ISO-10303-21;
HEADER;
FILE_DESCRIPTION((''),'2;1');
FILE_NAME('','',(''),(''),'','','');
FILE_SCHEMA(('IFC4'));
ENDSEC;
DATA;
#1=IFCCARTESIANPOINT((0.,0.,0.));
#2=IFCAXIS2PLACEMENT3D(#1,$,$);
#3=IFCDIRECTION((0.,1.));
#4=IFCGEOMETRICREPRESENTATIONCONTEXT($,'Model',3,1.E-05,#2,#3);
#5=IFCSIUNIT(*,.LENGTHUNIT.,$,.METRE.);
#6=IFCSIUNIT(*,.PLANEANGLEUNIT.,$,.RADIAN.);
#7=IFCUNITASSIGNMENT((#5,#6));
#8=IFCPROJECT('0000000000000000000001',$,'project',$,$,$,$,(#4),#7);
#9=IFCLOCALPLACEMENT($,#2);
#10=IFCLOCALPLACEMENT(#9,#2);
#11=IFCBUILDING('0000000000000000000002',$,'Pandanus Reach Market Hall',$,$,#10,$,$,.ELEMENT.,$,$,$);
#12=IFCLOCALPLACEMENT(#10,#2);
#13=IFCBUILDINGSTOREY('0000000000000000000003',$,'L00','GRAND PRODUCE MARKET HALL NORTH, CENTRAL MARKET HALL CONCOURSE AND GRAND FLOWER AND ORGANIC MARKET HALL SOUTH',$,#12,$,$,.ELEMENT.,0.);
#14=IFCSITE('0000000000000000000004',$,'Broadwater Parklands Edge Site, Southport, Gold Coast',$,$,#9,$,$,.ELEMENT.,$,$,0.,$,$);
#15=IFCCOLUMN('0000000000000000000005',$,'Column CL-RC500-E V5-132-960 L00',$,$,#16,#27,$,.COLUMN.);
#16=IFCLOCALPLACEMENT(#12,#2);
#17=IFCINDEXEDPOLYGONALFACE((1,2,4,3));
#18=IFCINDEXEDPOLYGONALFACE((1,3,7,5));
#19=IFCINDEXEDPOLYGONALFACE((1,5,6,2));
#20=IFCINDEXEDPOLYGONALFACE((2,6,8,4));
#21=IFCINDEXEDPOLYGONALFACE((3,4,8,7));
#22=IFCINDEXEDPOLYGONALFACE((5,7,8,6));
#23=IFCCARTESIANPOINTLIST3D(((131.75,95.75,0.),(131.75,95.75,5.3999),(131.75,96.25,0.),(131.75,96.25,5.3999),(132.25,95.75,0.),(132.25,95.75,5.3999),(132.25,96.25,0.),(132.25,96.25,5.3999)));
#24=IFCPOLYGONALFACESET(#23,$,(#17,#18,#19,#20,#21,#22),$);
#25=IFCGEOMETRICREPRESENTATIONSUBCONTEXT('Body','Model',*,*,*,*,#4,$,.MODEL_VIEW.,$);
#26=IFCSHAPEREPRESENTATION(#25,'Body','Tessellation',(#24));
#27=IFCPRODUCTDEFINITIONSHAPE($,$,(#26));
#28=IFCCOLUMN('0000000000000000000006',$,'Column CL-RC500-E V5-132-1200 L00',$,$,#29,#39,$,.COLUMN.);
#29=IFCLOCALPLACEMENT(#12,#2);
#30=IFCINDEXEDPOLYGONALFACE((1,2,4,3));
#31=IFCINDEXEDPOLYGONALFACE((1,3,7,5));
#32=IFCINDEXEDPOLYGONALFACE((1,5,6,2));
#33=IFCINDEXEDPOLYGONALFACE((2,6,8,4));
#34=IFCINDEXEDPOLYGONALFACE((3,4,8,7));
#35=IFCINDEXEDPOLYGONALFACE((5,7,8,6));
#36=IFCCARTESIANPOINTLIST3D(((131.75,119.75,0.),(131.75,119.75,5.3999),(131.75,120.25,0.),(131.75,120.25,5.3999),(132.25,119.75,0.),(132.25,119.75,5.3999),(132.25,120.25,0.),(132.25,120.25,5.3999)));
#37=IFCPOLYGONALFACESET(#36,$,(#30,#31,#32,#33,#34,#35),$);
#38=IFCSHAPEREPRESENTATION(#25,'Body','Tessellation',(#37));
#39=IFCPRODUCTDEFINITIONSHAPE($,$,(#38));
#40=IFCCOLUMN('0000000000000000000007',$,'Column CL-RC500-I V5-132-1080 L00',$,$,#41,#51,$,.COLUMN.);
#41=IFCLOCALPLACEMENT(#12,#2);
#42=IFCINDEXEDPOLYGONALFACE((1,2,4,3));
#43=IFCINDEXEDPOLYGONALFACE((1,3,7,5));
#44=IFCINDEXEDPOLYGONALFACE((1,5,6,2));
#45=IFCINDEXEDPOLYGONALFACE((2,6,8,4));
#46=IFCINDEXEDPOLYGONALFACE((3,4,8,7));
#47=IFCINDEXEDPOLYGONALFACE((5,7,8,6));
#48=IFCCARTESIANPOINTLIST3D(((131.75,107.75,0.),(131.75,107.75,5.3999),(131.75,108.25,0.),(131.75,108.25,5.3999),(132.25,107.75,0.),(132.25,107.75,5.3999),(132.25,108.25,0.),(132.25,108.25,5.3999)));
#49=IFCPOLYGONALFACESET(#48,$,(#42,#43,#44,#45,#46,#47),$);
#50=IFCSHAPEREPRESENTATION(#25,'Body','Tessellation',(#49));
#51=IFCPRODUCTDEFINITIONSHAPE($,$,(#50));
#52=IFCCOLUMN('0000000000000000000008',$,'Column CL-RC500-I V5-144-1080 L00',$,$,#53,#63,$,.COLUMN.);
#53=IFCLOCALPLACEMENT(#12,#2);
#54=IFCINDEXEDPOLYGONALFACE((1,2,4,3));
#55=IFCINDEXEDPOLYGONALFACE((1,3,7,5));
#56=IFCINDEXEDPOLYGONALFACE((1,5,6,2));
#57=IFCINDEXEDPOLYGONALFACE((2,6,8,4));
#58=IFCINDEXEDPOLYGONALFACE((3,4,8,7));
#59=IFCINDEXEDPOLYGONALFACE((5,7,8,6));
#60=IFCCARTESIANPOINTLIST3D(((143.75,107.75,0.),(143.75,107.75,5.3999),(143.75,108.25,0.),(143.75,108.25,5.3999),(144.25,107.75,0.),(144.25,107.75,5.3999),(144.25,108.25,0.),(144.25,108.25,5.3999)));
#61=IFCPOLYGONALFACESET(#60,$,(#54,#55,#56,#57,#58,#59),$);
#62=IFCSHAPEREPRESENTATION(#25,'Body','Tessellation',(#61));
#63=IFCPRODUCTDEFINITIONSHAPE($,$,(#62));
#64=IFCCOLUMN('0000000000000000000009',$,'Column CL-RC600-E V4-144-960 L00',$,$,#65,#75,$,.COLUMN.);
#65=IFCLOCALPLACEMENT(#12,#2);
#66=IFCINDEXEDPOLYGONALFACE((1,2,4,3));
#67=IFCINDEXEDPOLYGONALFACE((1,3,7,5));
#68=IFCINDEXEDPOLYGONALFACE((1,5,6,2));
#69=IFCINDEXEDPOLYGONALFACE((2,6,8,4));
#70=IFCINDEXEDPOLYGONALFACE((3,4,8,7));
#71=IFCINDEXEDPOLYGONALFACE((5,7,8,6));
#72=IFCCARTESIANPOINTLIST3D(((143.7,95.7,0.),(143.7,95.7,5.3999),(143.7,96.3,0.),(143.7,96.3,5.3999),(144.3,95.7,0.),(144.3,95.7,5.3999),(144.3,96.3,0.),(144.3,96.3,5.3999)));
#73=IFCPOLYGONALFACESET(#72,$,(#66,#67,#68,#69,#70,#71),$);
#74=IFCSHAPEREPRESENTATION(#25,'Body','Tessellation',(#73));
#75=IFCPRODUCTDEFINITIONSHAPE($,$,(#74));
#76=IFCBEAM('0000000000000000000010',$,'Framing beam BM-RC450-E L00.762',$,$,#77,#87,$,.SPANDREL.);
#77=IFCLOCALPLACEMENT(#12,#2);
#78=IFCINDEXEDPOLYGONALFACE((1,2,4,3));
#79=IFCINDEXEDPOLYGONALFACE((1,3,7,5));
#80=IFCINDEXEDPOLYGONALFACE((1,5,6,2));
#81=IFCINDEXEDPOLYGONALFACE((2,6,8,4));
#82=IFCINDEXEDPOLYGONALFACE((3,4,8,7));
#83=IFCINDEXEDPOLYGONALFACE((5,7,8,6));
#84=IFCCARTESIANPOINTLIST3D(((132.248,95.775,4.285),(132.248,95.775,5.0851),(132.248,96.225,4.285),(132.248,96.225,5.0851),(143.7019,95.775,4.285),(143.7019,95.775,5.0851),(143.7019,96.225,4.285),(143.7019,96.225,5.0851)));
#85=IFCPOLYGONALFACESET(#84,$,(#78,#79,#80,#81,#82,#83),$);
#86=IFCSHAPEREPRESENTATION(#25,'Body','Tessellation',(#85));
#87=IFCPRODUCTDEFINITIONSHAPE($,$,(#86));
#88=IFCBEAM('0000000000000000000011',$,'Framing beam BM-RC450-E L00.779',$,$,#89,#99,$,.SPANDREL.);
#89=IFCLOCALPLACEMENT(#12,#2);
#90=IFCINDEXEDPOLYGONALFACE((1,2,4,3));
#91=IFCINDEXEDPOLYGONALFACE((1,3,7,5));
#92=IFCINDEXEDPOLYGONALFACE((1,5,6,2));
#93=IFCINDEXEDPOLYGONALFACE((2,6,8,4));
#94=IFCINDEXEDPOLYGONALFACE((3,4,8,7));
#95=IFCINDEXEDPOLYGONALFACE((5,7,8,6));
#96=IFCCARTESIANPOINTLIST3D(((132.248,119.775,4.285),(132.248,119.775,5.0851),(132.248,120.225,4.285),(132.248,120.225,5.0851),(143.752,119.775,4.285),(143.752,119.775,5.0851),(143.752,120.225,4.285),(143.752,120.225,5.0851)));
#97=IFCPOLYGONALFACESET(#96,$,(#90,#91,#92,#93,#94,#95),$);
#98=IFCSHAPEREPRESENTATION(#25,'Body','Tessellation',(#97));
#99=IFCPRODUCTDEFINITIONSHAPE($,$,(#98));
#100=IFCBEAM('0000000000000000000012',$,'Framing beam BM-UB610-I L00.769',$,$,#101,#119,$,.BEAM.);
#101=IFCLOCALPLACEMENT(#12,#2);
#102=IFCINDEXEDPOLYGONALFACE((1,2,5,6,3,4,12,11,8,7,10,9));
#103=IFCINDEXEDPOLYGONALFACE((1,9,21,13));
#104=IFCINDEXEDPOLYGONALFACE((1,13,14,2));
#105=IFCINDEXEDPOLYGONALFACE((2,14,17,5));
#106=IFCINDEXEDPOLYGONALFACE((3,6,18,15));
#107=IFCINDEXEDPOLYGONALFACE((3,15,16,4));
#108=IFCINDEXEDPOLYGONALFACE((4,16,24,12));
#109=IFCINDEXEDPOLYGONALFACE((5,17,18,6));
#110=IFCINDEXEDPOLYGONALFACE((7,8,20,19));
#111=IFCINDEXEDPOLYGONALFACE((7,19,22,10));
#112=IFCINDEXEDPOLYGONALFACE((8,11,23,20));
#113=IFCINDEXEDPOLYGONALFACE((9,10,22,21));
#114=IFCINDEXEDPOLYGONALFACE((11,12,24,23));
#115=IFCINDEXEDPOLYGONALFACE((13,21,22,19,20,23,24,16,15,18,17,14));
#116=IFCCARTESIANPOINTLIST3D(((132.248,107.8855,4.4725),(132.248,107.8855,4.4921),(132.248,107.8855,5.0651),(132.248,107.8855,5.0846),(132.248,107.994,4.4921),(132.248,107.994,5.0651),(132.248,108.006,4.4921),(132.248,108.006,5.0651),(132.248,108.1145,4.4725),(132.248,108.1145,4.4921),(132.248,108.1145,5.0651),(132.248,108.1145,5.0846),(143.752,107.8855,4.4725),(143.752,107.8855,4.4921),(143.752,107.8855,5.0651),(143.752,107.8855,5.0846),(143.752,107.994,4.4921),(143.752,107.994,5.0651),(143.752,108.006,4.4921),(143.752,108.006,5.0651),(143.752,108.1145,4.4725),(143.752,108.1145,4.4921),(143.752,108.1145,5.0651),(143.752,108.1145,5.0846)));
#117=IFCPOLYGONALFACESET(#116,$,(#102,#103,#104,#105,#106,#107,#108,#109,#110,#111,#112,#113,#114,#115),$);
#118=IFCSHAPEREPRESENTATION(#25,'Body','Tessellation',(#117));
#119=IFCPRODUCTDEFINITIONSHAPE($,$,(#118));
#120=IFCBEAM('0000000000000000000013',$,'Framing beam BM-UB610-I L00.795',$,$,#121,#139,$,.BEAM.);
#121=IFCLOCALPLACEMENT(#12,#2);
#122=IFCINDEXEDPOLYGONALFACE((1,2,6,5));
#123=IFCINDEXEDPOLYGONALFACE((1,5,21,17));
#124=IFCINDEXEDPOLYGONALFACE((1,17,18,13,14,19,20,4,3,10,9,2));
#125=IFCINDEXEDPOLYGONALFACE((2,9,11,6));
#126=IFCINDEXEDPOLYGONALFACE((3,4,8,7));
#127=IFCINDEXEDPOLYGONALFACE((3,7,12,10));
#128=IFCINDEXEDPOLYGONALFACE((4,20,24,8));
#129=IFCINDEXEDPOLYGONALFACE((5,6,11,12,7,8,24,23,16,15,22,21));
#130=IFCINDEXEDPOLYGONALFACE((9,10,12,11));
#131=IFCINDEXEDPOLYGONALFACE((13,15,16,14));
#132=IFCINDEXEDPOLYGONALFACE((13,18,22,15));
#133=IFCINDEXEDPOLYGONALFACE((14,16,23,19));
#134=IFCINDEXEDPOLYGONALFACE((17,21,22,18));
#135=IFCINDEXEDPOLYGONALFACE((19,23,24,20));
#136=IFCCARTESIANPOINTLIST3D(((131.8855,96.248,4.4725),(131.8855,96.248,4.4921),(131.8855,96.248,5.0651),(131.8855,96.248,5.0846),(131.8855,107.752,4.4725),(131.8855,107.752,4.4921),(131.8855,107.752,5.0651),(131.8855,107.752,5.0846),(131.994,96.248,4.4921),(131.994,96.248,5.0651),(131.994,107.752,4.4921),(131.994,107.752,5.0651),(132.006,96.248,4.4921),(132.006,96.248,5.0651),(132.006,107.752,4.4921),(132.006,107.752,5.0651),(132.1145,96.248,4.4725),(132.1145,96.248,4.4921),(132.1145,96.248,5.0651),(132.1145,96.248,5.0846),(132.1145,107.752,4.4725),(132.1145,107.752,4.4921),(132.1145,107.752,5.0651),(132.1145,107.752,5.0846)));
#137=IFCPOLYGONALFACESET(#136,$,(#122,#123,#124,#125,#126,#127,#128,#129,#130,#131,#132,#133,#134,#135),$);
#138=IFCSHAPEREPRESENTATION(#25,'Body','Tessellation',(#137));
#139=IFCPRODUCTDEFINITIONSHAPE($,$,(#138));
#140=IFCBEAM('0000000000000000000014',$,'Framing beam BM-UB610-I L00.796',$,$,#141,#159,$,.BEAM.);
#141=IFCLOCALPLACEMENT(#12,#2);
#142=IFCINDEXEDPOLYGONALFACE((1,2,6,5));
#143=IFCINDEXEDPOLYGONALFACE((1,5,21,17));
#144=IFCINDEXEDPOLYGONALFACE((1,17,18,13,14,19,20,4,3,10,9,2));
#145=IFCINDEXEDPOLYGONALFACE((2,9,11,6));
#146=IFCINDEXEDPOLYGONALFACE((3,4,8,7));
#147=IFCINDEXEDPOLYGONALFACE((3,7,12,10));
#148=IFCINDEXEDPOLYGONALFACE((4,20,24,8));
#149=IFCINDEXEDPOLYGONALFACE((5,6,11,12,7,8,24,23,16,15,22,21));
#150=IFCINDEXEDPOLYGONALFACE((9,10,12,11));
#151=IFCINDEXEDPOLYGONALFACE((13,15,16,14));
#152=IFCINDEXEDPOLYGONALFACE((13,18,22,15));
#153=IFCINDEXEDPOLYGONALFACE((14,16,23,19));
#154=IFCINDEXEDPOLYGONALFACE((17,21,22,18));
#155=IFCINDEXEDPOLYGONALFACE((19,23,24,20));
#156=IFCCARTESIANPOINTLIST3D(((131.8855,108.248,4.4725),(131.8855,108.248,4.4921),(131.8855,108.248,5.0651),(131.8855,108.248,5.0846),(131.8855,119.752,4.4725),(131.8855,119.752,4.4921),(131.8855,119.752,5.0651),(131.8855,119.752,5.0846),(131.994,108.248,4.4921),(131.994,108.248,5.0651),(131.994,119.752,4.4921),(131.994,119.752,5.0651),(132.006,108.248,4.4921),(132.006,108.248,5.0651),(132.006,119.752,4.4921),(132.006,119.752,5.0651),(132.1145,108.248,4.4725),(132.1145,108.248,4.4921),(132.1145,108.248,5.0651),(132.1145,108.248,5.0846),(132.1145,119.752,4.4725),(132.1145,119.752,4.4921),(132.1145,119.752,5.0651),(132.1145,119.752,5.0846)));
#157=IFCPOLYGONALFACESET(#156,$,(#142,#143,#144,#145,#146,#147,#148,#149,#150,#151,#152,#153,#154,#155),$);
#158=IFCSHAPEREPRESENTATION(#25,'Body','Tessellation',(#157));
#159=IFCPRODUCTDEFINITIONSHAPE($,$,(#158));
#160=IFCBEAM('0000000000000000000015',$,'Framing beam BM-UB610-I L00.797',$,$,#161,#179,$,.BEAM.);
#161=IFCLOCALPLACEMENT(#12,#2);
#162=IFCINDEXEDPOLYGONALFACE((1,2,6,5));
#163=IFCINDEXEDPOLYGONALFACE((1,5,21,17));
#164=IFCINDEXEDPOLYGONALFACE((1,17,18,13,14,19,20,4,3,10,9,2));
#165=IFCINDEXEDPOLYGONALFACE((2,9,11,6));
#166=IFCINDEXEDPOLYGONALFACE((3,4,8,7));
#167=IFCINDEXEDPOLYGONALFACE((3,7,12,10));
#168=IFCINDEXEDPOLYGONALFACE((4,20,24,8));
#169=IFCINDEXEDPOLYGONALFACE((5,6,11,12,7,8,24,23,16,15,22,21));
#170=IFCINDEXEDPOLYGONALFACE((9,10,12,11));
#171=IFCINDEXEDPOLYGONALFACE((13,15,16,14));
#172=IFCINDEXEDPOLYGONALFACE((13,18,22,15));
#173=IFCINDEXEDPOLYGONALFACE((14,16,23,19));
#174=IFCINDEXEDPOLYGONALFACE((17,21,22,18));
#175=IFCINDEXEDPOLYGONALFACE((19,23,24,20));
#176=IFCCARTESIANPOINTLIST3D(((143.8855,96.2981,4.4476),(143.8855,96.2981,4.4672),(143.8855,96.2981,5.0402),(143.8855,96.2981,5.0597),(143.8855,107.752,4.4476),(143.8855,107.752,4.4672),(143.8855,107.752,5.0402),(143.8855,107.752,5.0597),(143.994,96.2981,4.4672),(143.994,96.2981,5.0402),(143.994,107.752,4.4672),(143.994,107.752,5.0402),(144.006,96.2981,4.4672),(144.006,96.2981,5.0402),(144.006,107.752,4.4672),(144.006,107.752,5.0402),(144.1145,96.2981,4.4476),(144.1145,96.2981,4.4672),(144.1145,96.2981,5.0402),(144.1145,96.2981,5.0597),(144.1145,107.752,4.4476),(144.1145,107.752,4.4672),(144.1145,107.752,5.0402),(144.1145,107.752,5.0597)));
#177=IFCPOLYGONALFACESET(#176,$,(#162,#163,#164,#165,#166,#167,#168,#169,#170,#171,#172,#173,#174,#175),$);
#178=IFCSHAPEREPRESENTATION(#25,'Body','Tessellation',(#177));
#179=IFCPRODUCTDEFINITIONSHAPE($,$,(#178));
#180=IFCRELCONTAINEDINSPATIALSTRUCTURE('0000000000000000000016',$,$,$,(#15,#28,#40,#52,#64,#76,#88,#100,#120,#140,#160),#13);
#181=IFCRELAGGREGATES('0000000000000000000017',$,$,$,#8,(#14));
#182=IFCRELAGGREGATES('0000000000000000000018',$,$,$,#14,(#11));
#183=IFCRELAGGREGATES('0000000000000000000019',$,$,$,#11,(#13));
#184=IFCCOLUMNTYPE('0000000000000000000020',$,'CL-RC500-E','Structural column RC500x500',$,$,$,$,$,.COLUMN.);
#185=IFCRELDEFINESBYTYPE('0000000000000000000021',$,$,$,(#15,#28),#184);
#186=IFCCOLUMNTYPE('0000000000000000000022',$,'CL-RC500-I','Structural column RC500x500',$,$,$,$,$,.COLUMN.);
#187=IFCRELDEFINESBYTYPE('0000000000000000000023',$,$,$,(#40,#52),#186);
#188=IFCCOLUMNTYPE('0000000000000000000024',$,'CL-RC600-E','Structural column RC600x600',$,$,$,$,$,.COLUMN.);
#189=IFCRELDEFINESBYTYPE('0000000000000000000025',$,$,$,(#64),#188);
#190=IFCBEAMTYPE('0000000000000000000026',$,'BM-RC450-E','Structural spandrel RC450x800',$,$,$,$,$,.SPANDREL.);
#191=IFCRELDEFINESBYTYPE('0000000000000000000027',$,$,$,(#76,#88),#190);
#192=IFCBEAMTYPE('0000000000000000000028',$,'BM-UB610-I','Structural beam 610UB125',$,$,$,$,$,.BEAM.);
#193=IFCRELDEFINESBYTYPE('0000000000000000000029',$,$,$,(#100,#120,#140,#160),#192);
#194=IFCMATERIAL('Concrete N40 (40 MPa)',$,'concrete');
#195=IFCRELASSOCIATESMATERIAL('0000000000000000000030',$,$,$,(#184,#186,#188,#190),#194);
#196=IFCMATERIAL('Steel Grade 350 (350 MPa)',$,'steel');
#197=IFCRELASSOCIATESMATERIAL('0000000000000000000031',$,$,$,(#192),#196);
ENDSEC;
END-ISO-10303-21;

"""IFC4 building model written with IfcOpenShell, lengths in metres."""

from ifc_helpers import new_model, si_unit, direction, frame, origin, origin_2d, place, context, subcontext, project, spatial, rectangle, i_section, extrude, material, material_profile, profile_set, type_object, element, save


model = new_model("IFC4")

# Units and contexts
model_context = context("Model", 3, precision=1e-05, world=origin(), true_north=direction((0.0, 1.0)))
body_context = subcontext(model_context, "Body", "Model", "MODEL_VIEW")
ifc_project = project(units=[si_unit("LENGTHUNIT", "METRE"), si_unit("PLANEANGLEUNIT", "RADIAN")], contexts=[model_context])

# Site, building, storey
site_placement = place(None, origin())
site = spatial("IfcSite", under=ifc_project, at=site_placement, Name="Broadwater Parklands Edge Site, Southport, Gold Coast", CompositionType="ELEMENT", RefElevation=0.0)
building_placement = place(site_placement, origin())
building = spatial("IfcBuilding", under=site, at=building_placement, Name="Pandanus Reach Market Hall", CompositionType="ELEMENT")
storey_placement = place(building_placement, origin())
storey = spatial("IfcBuildingStorey", under=building, at=storey_placement, Name="L00", Description="GRAND PRODUCE MARKET HALL NORTH, CENTRAL MARKET HALL CONCOURSE AND GRAND FLOWER AND ORGANIC MARKET HALL SOUTH", CompositionType="ELEMENT", Elevation=0.0)

# Columns
ifc_material_1 = material(Name="Concrete N40 (40 MPa)", Category="concrete")
ifc_material_profile_1 = material_profile(ifc_material_1, rectangle(XDim=0.5, YDim=0.5, at=origin_2d()), Name="RC500x500", Category="LoadBearing")
ifc_profile_set_1 = profile_set([ifc_material_profile_1], Name="Concrete N40 (40 MPa)")
column_type_1 = type_object("IfcColumnType", Name="CL-RC500-E", Description="Structural column RC500x500", PredefinedType="COLUMN", material=ifc_profile_set_1)
for number, where, z_axis, x_axis, name in (
    (1, (132.0, 96.0, 0.0), (0.0, 0.0, 1.0), (1.0, 0.0, 0.0), "Column CL-RC500-E V5-132-960 L00"),
    (2, (132.0, 120.0, 0.0), (0.0, 0.0, 1.0), (1.0, 0.0, 0.0), "Column CL-RC500-E V5-132-1200 L00"),
):
    element("IfcColumn", number, at=place(storey_placement, frame(where, z_axis=z_axis, x_axis=x_axis)), inside=storey, type_object=column_type_1, Name=name, PredefinedType="COLUMN", context=body_context, shape_type="SweptSolid", body=[
        extrude(rectangle(XDim=0.5, YDim=0.5, at=origin_2d()), origin(), (0.0, 0.0, 1.0), 5.3999),
    ])
ifc_material_profile_2 = material_profile(ifc_material_1, rectangle(XDim=0.5, YDim=0.5, at=origin_2d()), Name="RC500x500", Category="LoadBearing")
ifc_profile_set_2 = profile_set([ifc_material_profile_2], Name="Concrete N40 (40 MPa)")
column_type_2 = type_object("IfcColumnType", Name="CL-RC500-I", Description="Structural column RC500x500", PredefinedType="COLUMN", material=ifc_profile_set_2)
for number, where, z_axis, x_axis, name in (
    (3, (132.0, 108.0, 0.0), (0.0, 0.0, 1.0), (1.0, 0.0, 0.0), "Column CL-RC500-I V5-132-1080 L00"),
    (4, (144.0, 108.0, 0.0), (0.0, 0.0, 1.0), (1.0, 0.0, 0.0), "Column CL-RC500-I V5-144-1080 L00"),
):
    element("IfcColumn", number, at=place(storey_placement, frame(where, z_axis=z_axis, x_axis=x_axis)), inside=storey, type_object=column_type_2, Name=name, PredefinedType="COLUMN", context=body_context, shape_type="SweptSolid", body=[
        extrude(rectangle(XDim=0.5, YDim=0.5, at=origin_2d()), origin(), (0.0, 0.0, 1.0), 5.3999),
    ])
ifc_material_profile_3 = material_profile(ifc_material_1, rectangle(XDim=0.6001, YDim=0.6001, at=origin_2d()), Name="RC600x600", Category="LoadBearing")
ifc_profile_set_3 = profile_set([ifc_material_profile_3], Name="Concrete N40 (40 MPa)")
column_type_3 = type_object("IfcColumnType", Name="CL-RC600-E", Description="Structural column RC600x600", PredefinedType="COLUMN", material=ifc_profile_set_3)
column_placement = place(storey_placement, frame((144.0, 96.0, 0.0), z_axis=(0.0, 0.0, 1.0), x_axis=(1.0, 0.0, 0.0)))
element("IfcColumn", 5, at=column_placement, inside=storey, type_object=column_type_3, Name="Column CL-RC600-E V4-144-960 L00", PredefinedType="COLUMN", context=body_context, shape_type="SweptSolid", body=[
    extrude(rectangle(XDim=0.6001, YDim=0.6001, at=origin_2d()), origin(), (0.0, 0.0, 1.0), 5.3999),
])

# Beams
ifc_material_profile_4 = material_profile(ifc_material_1, rectangle(XDim=0.45, YDim=0.8, at=origin_2d()), Name="RC450x800", Category="LoadBearing")
ifc_profile_set_4 = profile_set([ifc_material_profile_4], Name="Concrete N40 (40 MPa)")
beam_type_1 = type_object("IfcBeamType", Name="BM-RC450-E", Description="Structural spandrel RC450x800", PredefinedType="SPANDREL", material=ifc_profile_set_4)
beam_1_placement = place(storey_placement, frame((132.248, 96.0, 4.6851), z_axis=(1.0, 0.0, 0.0), x_axis=(0.0, 1.0, 0.0)))
element("IfcBeam", 6, at=beam_1_placement, inside=storey, type_object=beam_type_1, Name="Framing beam BM-RC450-E L00.762", PredefinedType="SPANDREL", context=body_context, shape_type="SweptSolid", body=[
    extrude(rectangle(XDim=0.45, YDim=0.8, at=origin_2d()), origin(), (0.0, 0.0, 1.0), 11.4539),
])
beam_2_placement = place(storey_placement, frame((132.248, 120.0, 4.6851), z_axis=(1.0, 0.0, 0.0), x_axis=(0.0, 1.0, 0.0)))
element("IfcBeam", 7, at=beam_2_placement, inside=storey, type_object=beam_type_1, Name="Framing beam BM-RC450-E L00.779", PredefinedType="SPANDREL", context=body_context, shape_type="SweptSolid", body=[
    extrude(rectangle(XDim=0.45, YDim=0.8, at=origin_2d()), origin(), (0.0, 0.0, 1.0), 11.5039),
])
ifc_material_2 = material(Name="Steel Grade 350 (350 MPa)", Category="steel")
ifc_material_profile_5 = material_profile(ifc_material_2, i_section(OverallWidth=0.229, OverallDepth=0.6121, WebThickness=0.012, FlangeThickness=0.0195, at=origin_2d()), Name="610UB125", Category="LoadBearing")
ifc_profile_set_5 = profile_set([ifc_material_profile_5], Name="Steel Grade 350 (350 MPa)")
beam_type_2 = type_object("IfcBeamType", Name="BM-UB610-I", Description="Structural beam 610UB125", PredefinedType="BEAM", material=ifc_profile_set_5)
for number, where, z_axis, x_axis, name in (
    (8, (132.248, 108.0, 4.7786), (1.0, 0.0, 0.0), (0.0, 1.0, 0.0), "Framing beam BM-UB610-I L00.769"),
    (9, (132.0, 96.248, 4.7786), (0.0, 1.0, 0.0), (-1.0, 0.0, 0.0), "Framing beam BM-UB610-I L00.795"),
    (10, (132.0, 108.248, 4.7786), (0.0, 1.0, 0.0), (-1.0, 0.0, 0.0), "Framing beam BM-UB610-I L00.796"),
):
    element("IfcBeam", number, at=place(storey_placement, frame(where, z_axis=z_axis, x_axis=x_axis)), inside=storey, type_object=beam_type_2, Name=name, PredefinedType="BEAM", context=body_context, shape_type="SweptSolid", body=[
        extrude(i_section(OverallWidth=0.229, OverallDepth=0.6121, WebThickness=0.012, FlangeThickness=0.0195, at=origin_2d()), origin(), (0.0, 0.0, 1.0), 11.5039),
    ])
beam_3_placement = place(storey_placement, frame((144.0, 96.2981, 4.7537), z_axis=(0.0, 1.0, 0.0), x_axis=(-1.0, 0.0, 0.0)))
element("IfcBeam", 11, at=beam_3_placement, inside=storey, type_object=beam_type_2, Name="Framing beam BM-UB610-I L00.797", PredefinedType="BEAM", context=body_context, shape_type="SweptSolid", body=[
    extrude(i_section(OverallWidth=0.229, OverallDepth=0.6121, WebThickness=0.012, FlangeThickness=0.0195, at=origin_2d()), origin(), (0.0, 0.0, 1.0), 11.4539),
])

save(model, "model.ifc")
